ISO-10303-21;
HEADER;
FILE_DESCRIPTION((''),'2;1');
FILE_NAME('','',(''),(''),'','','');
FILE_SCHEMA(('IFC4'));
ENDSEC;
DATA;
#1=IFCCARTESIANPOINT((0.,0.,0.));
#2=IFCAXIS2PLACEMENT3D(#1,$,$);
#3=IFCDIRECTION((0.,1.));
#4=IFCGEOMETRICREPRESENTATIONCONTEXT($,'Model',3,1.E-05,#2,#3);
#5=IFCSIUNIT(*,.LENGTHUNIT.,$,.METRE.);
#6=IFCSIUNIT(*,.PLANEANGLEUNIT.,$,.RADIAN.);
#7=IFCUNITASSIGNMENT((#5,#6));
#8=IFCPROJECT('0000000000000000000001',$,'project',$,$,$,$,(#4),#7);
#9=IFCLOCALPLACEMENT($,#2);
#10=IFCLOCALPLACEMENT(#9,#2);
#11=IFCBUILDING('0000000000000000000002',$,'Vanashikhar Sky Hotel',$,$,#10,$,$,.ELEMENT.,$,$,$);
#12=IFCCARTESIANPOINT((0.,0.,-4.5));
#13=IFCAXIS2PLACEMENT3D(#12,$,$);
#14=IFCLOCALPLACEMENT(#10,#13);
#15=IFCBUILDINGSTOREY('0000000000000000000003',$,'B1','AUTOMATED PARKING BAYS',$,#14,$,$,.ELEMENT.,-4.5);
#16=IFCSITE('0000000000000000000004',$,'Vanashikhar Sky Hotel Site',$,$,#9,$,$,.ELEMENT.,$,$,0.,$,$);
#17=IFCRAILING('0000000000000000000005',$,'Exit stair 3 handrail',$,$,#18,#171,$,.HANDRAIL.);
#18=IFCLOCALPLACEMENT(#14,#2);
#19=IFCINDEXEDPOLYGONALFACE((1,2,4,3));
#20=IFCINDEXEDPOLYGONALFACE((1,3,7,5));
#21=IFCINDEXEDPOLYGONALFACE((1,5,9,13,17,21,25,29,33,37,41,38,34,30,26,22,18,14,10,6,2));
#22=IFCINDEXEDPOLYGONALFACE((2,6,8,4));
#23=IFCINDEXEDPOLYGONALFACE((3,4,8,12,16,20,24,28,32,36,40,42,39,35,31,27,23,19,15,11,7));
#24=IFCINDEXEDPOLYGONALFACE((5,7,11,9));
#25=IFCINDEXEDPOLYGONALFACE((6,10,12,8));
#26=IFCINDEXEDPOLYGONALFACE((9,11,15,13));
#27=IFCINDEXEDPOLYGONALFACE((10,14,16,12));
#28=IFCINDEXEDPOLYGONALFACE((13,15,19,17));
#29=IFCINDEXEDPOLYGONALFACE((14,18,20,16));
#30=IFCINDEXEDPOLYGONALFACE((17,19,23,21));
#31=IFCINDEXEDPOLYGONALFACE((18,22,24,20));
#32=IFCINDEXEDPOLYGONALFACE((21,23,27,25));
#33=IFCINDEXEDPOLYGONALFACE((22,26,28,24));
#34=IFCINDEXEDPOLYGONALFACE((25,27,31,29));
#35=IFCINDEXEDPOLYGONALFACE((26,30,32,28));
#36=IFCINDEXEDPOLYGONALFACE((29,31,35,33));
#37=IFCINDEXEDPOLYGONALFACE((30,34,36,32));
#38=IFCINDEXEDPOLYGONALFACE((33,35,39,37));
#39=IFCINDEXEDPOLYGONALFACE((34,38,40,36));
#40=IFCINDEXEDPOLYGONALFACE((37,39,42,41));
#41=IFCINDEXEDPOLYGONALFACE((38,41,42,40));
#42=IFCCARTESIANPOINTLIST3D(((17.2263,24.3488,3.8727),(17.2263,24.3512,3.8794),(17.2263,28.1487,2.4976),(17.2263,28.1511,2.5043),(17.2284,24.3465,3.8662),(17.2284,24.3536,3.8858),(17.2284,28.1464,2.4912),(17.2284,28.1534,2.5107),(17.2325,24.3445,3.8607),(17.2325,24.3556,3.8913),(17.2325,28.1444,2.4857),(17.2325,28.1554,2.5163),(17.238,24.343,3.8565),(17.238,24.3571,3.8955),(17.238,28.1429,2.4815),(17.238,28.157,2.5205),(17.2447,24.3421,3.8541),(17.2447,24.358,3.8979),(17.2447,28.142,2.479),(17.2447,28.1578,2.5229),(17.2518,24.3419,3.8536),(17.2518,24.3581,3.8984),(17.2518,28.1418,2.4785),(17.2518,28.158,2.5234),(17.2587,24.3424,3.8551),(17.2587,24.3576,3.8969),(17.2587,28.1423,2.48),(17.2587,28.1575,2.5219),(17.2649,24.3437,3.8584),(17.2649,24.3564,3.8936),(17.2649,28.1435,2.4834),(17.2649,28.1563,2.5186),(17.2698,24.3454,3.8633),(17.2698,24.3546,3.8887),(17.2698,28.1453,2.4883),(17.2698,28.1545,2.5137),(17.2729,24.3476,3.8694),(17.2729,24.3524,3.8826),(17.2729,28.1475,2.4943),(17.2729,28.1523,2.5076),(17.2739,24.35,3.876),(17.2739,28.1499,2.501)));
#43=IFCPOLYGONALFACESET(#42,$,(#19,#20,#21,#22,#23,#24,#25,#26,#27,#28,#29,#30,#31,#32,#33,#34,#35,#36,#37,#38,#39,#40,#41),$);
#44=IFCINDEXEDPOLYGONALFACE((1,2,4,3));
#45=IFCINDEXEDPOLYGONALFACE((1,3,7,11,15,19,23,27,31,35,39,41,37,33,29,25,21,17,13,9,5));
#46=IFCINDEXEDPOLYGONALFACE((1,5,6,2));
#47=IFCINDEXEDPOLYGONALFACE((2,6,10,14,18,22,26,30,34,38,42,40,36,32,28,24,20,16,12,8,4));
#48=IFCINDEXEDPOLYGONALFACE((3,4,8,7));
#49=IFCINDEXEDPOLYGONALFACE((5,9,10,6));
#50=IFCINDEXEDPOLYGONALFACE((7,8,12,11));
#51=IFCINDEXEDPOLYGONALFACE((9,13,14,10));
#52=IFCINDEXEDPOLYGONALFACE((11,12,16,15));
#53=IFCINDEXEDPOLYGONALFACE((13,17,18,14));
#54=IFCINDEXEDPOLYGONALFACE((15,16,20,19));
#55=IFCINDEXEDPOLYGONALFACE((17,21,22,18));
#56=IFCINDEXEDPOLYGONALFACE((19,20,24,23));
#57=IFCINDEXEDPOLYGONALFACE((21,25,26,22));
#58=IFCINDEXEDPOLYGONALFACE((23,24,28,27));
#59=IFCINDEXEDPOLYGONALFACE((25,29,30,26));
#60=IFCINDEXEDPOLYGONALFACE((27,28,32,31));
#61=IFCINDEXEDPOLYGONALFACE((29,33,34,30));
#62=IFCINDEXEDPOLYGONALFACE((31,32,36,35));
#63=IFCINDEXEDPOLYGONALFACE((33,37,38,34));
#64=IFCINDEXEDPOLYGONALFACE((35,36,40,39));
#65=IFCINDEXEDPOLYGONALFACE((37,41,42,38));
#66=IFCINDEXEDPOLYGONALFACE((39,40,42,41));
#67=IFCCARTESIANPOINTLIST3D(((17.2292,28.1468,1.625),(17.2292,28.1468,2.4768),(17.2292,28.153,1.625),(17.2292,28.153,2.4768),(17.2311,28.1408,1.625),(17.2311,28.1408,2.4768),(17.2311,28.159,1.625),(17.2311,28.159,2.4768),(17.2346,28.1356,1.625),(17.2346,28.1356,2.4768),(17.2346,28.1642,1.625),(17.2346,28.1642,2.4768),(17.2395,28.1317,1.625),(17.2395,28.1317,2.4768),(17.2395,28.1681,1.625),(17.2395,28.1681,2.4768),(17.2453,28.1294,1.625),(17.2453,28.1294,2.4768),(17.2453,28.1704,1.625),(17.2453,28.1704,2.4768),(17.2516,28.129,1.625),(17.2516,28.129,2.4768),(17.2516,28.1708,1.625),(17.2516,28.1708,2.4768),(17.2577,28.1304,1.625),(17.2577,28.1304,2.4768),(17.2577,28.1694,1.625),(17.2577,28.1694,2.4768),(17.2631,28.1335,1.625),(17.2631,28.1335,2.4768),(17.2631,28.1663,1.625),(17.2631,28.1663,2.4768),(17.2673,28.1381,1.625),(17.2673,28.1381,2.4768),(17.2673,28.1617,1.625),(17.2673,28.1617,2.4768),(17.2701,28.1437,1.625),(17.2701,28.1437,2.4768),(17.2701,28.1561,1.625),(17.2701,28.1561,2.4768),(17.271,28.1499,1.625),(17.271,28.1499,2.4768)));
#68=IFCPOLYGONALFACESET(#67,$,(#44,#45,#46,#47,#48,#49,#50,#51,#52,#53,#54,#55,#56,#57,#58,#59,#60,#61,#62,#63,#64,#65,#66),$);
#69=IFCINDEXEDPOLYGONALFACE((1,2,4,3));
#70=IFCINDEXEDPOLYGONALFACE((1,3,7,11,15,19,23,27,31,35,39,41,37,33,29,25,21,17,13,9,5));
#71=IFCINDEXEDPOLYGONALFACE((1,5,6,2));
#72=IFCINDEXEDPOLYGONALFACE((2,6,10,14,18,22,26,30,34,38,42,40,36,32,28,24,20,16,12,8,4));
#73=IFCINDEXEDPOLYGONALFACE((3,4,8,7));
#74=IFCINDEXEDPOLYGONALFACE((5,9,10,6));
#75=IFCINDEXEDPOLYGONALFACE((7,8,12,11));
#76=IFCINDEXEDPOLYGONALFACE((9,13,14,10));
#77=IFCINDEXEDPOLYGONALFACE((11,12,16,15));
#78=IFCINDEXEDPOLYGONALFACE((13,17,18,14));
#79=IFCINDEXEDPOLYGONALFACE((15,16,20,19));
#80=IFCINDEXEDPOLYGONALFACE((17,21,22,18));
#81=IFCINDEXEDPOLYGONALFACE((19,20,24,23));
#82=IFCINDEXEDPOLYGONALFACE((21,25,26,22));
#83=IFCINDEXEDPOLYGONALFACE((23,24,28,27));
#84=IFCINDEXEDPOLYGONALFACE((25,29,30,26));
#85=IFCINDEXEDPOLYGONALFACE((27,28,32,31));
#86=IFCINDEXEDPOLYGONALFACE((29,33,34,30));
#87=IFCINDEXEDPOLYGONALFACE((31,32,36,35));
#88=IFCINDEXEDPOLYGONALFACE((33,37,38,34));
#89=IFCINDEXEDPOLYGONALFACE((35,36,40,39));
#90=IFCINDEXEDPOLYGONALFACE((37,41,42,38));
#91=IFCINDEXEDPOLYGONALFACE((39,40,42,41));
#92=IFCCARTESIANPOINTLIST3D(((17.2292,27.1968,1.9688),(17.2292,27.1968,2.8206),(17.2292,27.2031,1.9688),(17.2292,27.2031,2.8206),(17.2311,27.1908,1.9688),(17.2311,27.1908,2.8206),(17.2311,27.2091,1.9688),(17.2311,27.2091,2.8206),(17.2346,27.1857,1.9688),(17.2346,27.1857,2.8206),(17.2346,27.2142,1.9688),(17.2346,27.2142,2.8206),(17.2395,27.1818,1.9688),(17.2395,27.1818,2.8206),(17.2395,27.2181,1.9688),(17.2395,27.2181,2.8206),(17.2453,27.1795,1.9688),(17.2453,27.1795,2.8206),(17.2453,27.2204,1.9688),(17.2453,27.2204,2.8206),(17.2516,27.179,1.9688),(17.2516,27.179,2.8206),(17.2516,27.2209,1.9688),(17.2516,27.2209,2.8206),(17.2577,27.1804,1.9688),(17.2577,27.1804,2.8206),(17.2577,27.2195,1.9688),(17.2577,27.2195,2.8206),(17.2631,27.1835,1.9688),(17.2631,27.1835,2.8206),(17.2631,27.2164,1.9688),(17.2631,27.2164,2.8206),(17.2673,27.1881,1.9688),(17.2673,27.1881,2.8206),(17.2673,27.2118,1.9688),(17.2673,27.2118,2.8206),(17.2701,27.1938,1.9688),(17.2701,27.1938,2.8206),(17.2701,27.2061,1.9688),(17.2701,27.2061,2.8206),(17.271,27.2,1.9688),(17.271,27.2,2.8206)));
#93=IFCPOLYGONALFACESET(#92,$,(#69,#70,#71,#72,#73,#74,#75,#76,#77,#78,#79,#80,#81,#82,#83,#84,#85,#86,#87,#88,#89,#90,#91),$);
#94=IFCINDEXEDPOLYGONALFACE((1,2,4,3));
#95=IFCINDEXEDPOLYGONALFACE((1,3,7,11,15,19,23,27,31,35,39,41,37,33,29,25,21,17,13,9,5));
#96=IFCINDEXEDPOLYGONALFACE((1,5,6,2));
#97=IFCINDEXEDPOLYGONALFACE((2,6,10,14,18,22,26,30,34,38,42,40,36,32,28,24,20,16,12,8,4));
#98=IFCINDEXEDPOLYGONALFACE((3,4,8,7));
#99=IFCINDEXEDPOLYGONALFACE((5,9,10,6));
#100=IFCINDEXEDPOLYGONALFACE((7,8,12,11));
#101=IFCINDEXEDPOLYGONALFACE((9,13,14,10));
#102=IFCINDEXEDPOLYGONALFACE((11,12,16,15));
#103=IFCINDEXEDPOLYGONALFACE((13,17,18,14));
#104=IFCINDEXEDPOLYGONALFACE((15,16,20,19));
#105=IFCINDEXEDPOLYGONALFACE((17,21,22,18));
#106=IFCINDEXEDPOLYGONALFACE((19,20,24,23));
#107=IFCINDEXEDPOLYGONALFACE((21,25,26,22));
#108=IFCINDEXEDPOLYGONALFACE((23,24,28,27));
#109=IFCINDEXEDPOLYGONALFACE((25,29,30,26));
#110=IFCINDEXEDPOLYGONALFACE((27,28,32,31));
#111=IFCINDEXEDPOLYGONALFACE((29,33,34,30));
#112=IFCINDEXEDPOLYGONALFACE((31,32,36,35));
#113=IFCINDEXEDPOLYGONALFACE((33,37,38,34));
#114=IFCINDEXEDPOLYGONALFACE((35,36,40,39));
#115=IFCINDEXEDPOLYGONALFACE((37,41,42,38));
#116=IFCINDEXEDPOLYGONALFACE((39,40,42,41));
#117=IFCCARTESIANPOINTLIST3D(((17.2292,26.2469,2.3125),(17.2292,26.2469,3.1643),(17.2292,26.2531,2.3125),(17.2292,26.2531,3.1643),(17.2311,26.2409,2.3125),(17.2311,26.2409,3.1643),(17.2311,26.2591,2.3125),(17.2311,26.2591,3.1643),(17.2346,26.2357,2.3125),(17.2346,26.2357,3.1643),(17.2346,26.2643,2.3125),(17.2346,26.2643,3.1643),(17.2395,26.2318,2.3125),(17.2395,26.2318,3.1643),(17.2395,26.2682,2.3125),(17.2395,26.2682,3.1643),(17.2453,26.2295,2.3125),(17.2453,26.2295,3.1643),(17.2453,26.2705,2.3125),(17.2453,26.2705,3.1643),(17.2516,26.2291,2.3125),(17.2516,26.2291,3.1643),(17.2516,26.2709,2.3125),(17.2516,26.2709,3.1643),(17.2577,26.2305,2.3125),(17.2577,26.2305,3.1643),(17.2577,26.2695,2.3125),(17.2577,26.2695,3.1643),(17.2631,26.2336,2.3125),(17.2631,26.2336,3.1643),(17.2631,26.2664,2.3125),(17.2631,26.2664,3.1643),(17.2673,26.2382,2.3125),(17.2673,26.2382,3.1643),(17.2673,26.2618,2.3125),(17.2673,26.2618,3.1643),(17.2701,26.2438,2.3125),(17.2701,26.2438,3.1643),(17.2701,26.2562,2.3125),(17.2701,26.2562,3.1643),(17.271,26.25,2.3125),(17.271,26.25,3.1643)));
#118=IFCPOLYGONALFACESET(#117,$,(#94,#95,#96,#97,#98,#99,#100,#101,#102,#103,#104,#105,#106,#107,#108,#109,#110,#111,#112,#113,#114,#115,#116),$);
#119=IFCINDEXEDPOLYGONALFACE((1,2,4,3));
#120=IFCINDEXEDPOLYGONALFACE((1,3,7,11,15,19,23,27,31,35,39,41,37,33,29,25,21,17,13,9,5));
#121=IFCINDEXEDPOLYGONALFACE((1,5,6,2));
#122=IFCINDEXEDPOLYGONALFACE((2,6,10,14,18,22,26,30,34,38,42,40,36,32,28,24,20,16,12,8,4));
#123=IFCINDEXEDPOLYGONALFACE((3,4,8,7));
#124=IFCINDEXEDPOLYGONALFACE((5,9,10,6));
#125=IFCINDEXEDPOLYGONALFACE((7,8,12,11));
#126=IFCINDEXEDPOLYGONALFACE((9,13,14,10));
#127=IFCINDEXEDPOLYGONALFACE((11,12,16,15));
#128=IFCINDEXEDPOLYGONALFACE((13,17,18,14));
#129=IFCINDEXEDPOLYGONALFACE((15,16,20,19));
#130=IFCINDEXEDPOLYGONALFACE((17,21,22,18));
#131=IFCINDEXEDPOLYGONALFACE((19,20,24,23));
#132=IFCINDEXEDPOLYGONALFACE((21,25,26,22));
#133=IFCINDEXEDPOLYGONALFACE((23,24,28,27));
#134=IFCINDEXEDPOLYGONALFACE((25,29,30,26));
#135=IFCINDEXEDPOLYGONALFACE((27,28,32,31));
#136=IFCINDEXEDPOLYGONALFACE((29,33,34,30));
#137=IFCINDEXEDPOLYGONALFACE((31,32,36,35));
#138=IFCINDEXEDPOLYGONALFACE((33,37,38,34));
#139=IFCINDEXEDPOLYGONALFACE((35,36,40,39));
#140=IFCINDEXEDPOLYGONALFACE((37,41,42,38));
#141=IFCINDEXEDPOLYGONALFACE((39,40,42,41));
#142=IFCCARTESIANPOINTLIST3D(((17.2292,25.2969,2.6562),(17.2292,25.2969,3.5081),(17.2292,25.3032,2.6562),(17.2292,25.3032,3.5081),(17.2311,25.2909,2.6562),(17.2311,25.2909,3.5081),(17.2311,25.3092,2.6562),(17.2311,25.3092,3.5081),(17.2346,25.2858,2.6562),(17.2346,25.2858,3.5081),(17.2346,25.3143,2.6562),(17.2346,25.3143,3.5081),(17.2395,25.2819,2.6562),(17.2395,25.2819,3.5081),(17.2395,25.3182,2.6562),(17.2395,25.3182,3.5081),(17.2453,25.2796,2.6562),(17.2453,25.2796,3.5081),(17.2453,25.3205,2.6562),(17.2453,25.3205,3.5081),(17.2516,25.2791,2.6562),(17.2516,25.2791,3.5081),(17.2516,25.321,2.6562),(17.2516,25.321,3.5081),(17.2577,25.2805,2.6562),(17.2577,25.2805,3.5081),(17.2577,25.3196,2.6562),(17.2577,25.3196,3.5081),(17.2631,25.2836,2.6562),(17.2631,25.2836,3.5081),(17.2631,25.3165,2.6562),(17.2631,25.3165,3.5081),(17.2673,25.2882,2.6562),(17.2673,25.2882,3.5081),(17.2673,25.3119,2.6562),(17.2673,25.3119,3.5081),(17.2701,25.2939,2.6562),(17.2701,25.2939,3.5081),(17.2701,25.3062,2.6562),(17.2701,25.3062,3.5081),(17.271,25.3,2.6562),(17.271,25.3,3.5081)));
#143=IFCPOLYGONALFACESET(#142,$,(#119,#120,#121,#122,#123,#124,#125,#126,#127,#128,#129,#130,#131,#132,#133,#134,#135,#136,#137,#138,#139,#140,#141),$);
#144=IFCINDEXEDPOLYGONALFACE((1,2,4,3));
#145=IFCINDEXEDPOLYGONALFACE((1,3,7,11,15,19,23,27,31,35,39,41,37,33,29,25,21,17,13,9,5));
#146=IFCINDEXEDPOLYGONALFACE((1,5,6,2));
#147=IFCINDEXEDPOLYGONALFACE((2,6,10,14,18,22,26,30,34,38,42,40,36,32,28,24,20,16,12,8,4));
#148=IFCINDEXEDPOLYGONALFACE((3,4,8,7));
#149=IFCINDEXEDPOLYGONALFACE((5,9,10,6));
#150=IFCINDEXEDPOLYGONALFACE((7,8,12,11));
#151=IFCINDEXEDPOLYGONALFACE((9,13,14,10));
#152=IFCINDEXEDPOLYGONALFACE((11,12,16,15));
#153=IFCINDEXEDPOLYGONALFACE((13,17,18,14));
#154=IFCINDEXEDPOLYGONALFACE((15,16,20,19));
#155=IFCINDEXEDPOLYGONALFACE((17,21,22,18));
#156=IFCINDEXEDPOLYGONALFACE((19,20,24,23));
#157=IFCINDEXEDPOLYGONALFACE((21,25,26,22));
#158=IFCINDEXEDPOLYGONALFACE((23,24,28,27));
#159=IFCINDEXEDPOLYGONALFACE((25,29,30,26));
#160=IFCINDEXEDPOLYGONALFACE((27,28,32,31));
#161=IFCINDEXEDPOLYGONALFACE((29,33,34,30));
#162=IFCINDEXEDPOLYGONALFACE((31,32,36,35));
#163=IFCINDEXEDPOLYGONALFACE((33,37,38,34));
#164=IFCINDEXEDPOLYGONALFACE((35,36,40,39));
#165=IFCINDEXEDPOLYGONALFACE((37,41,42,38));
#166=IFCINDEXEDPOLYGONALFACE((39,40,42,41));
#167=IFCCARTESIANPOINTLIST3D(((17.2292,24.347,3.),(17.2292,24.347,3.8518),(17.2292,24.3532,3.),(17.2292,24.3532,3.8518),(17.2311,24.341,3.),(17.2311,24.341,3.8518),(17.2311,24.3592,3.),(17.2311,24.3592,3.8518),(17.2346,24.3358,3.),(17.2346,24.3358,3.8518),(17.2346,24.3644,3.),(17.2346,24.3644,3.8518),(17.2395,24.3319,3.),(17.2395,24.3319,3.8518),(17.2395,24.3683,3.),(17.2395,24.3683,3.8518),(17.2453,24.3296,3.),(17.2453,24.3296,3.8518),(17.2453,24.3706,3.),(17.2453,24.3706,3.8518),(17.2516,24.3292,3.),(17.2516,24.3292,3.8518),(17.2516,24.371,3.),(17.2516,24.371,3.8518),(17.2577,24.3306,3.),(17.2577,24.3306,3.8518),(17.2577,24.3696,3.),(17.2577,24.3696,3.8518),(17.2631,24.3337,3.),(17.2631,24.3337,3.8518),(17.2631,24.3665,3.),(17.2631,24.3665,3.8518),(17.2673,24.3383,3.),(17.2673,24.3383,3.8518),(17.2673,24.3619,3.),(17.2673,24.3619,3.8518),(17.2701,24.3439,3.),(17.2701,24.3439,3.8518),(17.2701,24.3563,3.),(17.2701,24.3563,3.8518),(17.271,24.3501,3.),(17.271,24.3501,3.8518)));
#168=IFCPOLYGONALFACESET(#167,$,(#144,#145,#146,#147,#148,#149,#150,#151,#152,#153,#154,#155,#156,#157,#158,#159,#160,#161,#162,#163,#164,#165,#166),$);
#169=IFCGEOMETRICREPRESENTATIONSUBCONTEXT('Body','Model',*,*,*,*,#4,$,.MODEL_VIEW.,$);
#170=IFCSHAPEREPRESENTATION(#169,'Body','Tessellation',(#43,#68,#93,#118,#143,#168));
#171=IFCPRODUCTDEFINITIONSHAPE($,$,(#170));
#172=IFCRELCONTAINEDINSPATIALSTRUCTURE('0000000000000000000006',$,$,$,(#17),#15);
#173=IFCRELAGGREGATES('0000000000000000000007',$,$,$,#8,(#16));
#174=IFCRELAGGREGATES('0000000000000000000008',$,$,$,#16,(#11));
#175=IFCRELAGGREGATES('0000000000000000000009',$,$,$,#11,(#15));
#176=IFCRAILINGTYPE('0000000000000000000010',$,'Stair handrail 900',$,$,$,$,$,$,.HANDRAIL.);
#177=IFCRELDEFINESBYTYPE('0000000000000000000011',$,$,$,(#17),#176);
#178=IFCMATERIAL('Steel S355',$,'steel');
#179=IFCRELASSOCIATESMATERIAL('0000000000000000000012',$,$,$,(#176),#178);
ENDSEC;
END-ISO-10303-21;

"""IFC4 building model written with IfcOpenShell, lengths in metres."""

from ifc_helpers import new_model, si_unit, direction, frame, origin, origin_2d, place, context, subcontext, project, spatial, circle, extrude, source, transform, mapped, material, type_object, element, save


model = new_model("IFC4")

# Units and contexts
model_context = context("Model", 3, precision=1e-05, world=origin(), true_north=direction((0.0, 1.0)))
body_context = subcontext(model_context, "Body", "Model", "MODEL_VIEW")
ifc_project = project(units=[si_unit("LENGTHUNIT", "METRE"), si_unit("PLANEANGLEUNIT", "RADIAN")], contexts=[model_context])

# Site, building, storey
site_placement = place(None, origin())
site = spatial("IfcSite", under=ifc_project, at=site_placement, Name="Vanashikhar Sky Hotel Site", CompositionType="ELEMENT", RefElevation=0.0)
building_placement = place(site_placement, origin())
building = spatial("IfcBuilding", under=site, at=building_placement, Name="Vanashikhar Sky Hotel", CompositionType="ELEMENT")
storey_placement = place(building_placement, frame((0.0, 0.0, -4.5)))
storey = spatial("IfcBuildingStorey", under=building, at=storey_placement, Name="B1", Description="AUTOMATED PARKING BAYS", CompositionType="ELEMENT", Elevation=-4.5)

# Railing
ifc_material_1 = material(Name="Steel S355", Category="steel")
railing_type = type_object("IfcRailingType", Name="Stair handrail 900", PredefinedType="HANDRAIL", material=ifc_material_1)
shared_shape_1 = source(origin(), body_context, "Body", "SweptSolid", [
    extrude(circle(Radius=0.0239, at=origin_2d()), frame((0.0, 0.0, 0.876), z_axis=(0.0, -0.940329, 0.340268), x_axis=(1.0, 0.0, 0.0)), (0.0, 0.0, 1.0), 4.041),
    extrude(circle(Radius=0.021, at=origin_2d()), origin(), (0.0, 0.0, 1.0), 0.8518),
    extrude(circle(Radius=0.021, at=origin_2d()), frame((0.0, -0.95, 0.3438)), (0.0, 0.0, 1.0), 0.8518),
    extrude(circle(Radius=0.021, at=origin_2d()), frame((0.0, -1.8999, 0.6875)), (0.0, 0.0, 1.0), 0.8518),
    extrude(circle(Radius=0.021, at=origin_2d()), frame((0.0, -2.8499, 1.0312)), (0.0, 0.0, 1.0), 0.8518),
    extrude(circle(Radius=0.021, at=origin_2d()), frame((0.0, -3.7998, 1.375)), (0.0, 0.0, 1.0), 0.8518),
])
railing_placement = place(storey_placement, frame((17.25, 28.1499, 1.625)))
element("IfcRailing", 1, at=railing_placement, inside=storey, type_object=railing_type, Name="Exit stair 3 handrail", PredefinedType="HANDRAIL", context=body_context, shape_type="MappedRepresentation", body=[
    mapped(shared_shape_1, transform((0.0, 0.0, 0.0), scale=1.0)),
])

save(model, "model.ifc")
